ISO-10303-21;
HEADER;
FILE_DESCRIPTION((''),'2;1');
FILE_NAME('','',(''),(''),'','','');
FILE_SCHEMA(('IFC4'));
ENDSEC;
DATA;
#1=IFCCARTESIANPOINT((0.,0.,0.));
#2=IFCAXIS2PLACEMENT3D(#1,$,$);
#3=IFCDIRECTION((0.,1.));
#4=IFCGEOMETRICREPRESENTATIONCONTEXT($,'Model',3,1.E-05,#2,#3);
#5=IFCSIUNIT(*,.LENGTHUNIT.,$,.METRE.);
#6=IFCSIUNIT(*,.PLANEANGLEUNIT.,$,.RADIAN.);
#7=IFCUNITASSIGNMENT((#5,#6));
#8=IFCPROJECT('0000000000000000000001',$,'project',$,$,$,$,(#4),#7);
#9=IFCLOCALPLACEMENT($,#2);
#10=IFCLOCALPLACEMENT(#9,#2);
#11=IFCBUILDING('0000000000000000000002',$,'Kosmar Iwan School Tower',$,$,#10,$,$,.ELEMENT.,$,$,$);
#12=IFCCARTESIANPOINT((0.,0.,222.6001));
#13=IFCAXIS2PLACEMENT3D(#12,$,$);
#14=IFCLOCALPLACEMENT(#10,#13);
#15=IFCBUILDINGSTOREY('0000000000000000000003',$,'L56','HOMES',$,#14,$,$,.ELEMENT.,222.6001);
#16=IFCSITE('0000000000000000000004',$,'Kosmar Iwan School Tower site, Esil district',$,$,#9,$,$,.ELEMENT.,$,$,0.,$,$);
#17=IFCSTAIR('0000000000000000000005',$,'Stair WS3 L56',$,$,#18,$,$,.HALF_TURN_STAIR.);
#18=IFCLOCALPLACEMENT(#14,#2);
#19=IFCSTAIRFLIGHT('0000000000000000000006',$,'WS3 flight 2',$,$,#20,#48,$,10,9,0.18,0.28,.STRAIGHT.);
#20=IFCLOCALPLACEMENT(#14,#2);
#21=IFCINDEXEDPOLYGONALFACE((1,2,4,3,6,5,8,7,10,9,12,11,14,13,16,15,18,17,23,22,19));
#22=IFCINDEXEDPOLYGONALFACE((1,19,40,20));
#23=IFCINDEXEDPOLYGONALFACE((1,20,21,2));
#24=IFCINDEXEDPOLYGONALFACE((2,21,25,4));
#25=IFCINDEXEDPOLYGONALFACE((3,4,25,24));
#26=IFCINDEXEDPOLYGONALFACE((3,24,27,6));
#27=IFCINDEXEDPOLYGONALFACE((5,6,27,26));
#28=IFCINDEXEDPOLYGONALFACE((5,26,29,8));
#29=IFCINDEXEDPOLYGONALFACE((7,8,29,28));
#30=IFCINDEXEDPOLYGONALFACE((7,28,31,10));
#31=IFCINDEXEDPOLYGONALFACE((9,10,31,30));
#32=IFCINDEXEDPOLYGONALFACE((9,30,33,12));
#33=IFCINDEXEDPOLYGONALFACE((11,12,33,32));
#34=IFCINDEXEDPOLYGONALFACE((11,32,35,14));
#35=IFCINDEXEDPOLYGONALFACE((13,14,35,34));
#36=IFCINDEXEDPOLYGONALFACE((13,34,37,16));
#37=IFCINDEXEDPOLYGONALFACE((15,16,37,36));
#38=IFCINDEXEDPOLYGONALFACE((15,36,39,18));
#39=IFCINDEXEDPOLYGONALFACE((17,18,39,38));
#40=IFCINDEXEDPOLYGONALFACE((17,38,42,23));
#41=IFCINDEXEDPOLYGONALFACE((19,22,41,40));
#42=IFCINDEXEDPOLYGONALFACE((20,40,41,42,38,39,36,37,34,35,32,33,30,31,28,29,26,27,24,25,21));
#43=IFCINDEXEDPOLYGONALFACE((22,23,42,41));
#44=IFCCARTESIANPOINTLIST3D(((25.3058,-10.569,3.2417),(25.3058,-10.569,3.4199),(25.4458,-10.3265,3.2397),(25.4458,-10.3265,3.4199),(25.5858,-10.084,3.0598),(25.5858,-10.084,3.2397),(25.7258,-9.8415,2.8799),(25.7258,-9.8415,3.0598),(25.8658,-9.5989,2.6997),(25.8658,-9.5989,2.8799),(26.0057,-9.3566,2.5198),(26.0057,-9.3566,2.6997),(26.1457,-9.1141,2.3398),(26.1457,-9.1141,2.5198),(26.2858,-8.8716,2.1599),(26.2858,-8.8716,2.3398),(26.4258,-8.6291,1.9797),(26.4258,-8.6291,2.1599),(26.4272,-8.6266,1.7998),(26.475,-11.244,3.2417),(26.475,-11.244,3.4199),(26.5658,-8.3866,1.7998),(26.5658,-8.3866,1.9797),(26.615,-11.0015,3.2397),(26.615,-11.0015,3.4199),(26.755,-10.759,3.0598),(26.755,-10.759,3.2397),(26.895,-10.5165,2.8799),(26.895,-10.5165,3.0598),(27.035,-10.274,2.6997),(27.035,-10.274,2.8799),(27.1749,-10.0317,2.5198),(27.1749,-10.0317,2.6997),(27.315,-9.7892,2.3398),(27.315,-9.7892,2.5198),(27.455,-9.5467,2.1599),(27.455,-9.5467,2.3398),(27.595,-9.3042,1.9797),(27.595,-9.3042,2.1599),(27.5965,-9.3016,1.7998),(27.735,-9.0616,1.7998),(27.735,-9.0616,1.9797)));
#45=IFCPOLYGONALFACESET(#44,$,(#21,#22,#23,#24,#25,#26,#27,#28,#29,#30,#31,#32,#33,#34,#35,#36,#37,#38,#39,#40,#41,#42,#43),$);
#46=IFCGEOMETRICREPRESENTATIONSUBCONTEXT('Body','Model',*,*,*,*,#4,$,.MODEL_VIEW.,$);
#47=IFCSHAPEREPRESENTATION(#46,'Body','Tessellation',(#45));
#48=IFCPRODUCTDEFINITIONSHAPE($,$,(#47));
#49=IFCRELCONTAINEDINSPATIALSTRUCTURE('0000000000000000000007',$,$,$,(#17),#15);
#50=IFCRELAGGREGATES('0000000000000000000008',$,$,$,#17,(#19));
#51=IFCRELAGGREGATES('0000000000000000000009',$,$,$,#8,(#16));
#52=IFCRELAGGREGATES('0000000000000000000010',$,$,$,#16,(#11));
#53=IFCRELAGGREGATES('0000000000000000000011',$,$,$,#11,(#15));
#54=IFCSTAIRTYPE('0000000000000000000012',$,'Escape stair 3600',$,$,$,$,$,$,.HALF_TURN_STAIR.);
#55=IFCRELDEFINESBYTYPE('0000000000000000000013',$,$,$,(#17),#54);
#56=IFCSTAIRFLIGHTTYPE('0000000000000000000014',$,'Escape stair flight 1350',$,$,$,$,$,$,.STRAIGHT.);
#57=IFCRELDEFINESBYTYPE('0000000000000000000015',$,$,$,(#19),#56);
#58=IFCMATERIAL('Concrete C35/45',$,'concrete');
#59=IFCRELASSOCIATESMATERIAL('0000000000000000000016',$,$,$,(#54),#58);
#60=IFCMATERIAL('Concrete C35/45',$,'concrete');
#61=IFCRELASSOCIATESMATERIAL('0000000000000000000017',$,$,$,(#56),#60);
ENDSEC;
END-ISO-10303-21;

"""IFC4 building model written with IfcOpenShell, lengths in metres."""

from ifc_helpers import new_model, si_unit, direction, frame, origin, place, context, subcontext, project, spatial, polyline, outline, extrude, material, type_object, element, aggregate, save


model = new_model("IFC4")

# Units and contexts
model_context = context("Model", 3, precision=1e-05, world=origin(), true_north=direction((0.0, 1.0)))
body_context = subcontext(model_context, "Body", "Model", "MODEL_VIEW")
ifc_project = project(units=[si_unit("LENGTHUNIT", "METRE"), si_unit("PLANEANGLEUNIT", "RADIAN")], contexts=[model_context])

# Site, building, storey
site_placement = place(None, origin())
site = spatial("IfcSite", under=ifc_project, at=site_placement, Name="Kosmar Iwan School Tower site, Esil district", CompositionType="ELEMENT", RefElevation=0.0)
building_placement = place(site_placement, origin())
building = spatial("IfcBuilding", under=site, at=building_placement, Name="Kosmar Iwan School Tower", CompositionType="ELEMENT")
storey_placement = place(building_placement, frame((0.0, 0.0, 222.6001)))
storey = spatial("IfcBuildingStorey", under=building, at=storey_placement, Name="L56", Description="HOMES", CompositionType="ELEMENT", Elevation=222.6001)

# Stair, stair flight
ifc_material_1 = material(Name="Concrete C35/45", Category="concrete")
stair_type = type_object("IfcStairType", Name="Escape stair 3600", PredefinedType="HALF_TURN_STAIR", material=ifc_material_1)
stair_placement = place(storey_placement, origin())
stair = element("IfcStair", 1, at=stair_placement, inside=storey, type_object=stair_type, Name="Stair WS3 L56", PredefinedType="HALF_TURN_STAIR")
ifc_material_2 = material(Name="Concrete C35/45", Category="concrete")
stair_flight_type = type_object("IfcStairFlightType", Name="Escape stair flight 1350", PredefinedType="STRAIGHT", material=ifc_material_2)
stair_flight_1_placement = place(storey_placement, frame((27.1504, -8.7241, 1.7998), z_axis=(0.0, 0.0, 1.0), x_axis=(-0.5, -0.866025, 0.0)))
stair_flight_1 = element("IfcStairFlight", 2, at=stair_flight_1_placement, type_object=stair_flight_type, Name="WS3 flight 2", NumberOfRisers=10, NumberOfTreads=9, PredefinedType="STRAIGHT", RiserHeight=0.18, TreadLength=0.28, context=body_context, shape_type="SweptSolid", body=[
    extrude(outline(polyline([(0.0, 0.0), (0.0, 0.1799), (0.28, 0.1799), (0.28, 0.3601), (0.5601, 0.3601), (0.5601, 0.54), (0.8401, 0.54), (0.8401, 0.72), (1.1201, 0.72), (1.1201, 0.8999), (1.3999, 0.8999), (1.3999, 1.0801), (1.6799, 1.0801), (1.6799, 1.26), (1.96, 1.26), (1.96, 1.4399), (2.24, 1.4399), (2.24, 1.6201), (2.52, 1.6201), (2.52, 1.8), (2.52, 1.4419), (0.2771, 0.0), (0.0, 0.0)])), frame((0.0, 0.675, 0.0), z_axis=(0.0, -1.0, 0.0), x_axis=(1.0, 0.0, 0.0)), (0.0, 0.0, 1.0), 1.3501),
])
aggregate(stair, [stair_flight_1])

save(model, "model.ifc")
